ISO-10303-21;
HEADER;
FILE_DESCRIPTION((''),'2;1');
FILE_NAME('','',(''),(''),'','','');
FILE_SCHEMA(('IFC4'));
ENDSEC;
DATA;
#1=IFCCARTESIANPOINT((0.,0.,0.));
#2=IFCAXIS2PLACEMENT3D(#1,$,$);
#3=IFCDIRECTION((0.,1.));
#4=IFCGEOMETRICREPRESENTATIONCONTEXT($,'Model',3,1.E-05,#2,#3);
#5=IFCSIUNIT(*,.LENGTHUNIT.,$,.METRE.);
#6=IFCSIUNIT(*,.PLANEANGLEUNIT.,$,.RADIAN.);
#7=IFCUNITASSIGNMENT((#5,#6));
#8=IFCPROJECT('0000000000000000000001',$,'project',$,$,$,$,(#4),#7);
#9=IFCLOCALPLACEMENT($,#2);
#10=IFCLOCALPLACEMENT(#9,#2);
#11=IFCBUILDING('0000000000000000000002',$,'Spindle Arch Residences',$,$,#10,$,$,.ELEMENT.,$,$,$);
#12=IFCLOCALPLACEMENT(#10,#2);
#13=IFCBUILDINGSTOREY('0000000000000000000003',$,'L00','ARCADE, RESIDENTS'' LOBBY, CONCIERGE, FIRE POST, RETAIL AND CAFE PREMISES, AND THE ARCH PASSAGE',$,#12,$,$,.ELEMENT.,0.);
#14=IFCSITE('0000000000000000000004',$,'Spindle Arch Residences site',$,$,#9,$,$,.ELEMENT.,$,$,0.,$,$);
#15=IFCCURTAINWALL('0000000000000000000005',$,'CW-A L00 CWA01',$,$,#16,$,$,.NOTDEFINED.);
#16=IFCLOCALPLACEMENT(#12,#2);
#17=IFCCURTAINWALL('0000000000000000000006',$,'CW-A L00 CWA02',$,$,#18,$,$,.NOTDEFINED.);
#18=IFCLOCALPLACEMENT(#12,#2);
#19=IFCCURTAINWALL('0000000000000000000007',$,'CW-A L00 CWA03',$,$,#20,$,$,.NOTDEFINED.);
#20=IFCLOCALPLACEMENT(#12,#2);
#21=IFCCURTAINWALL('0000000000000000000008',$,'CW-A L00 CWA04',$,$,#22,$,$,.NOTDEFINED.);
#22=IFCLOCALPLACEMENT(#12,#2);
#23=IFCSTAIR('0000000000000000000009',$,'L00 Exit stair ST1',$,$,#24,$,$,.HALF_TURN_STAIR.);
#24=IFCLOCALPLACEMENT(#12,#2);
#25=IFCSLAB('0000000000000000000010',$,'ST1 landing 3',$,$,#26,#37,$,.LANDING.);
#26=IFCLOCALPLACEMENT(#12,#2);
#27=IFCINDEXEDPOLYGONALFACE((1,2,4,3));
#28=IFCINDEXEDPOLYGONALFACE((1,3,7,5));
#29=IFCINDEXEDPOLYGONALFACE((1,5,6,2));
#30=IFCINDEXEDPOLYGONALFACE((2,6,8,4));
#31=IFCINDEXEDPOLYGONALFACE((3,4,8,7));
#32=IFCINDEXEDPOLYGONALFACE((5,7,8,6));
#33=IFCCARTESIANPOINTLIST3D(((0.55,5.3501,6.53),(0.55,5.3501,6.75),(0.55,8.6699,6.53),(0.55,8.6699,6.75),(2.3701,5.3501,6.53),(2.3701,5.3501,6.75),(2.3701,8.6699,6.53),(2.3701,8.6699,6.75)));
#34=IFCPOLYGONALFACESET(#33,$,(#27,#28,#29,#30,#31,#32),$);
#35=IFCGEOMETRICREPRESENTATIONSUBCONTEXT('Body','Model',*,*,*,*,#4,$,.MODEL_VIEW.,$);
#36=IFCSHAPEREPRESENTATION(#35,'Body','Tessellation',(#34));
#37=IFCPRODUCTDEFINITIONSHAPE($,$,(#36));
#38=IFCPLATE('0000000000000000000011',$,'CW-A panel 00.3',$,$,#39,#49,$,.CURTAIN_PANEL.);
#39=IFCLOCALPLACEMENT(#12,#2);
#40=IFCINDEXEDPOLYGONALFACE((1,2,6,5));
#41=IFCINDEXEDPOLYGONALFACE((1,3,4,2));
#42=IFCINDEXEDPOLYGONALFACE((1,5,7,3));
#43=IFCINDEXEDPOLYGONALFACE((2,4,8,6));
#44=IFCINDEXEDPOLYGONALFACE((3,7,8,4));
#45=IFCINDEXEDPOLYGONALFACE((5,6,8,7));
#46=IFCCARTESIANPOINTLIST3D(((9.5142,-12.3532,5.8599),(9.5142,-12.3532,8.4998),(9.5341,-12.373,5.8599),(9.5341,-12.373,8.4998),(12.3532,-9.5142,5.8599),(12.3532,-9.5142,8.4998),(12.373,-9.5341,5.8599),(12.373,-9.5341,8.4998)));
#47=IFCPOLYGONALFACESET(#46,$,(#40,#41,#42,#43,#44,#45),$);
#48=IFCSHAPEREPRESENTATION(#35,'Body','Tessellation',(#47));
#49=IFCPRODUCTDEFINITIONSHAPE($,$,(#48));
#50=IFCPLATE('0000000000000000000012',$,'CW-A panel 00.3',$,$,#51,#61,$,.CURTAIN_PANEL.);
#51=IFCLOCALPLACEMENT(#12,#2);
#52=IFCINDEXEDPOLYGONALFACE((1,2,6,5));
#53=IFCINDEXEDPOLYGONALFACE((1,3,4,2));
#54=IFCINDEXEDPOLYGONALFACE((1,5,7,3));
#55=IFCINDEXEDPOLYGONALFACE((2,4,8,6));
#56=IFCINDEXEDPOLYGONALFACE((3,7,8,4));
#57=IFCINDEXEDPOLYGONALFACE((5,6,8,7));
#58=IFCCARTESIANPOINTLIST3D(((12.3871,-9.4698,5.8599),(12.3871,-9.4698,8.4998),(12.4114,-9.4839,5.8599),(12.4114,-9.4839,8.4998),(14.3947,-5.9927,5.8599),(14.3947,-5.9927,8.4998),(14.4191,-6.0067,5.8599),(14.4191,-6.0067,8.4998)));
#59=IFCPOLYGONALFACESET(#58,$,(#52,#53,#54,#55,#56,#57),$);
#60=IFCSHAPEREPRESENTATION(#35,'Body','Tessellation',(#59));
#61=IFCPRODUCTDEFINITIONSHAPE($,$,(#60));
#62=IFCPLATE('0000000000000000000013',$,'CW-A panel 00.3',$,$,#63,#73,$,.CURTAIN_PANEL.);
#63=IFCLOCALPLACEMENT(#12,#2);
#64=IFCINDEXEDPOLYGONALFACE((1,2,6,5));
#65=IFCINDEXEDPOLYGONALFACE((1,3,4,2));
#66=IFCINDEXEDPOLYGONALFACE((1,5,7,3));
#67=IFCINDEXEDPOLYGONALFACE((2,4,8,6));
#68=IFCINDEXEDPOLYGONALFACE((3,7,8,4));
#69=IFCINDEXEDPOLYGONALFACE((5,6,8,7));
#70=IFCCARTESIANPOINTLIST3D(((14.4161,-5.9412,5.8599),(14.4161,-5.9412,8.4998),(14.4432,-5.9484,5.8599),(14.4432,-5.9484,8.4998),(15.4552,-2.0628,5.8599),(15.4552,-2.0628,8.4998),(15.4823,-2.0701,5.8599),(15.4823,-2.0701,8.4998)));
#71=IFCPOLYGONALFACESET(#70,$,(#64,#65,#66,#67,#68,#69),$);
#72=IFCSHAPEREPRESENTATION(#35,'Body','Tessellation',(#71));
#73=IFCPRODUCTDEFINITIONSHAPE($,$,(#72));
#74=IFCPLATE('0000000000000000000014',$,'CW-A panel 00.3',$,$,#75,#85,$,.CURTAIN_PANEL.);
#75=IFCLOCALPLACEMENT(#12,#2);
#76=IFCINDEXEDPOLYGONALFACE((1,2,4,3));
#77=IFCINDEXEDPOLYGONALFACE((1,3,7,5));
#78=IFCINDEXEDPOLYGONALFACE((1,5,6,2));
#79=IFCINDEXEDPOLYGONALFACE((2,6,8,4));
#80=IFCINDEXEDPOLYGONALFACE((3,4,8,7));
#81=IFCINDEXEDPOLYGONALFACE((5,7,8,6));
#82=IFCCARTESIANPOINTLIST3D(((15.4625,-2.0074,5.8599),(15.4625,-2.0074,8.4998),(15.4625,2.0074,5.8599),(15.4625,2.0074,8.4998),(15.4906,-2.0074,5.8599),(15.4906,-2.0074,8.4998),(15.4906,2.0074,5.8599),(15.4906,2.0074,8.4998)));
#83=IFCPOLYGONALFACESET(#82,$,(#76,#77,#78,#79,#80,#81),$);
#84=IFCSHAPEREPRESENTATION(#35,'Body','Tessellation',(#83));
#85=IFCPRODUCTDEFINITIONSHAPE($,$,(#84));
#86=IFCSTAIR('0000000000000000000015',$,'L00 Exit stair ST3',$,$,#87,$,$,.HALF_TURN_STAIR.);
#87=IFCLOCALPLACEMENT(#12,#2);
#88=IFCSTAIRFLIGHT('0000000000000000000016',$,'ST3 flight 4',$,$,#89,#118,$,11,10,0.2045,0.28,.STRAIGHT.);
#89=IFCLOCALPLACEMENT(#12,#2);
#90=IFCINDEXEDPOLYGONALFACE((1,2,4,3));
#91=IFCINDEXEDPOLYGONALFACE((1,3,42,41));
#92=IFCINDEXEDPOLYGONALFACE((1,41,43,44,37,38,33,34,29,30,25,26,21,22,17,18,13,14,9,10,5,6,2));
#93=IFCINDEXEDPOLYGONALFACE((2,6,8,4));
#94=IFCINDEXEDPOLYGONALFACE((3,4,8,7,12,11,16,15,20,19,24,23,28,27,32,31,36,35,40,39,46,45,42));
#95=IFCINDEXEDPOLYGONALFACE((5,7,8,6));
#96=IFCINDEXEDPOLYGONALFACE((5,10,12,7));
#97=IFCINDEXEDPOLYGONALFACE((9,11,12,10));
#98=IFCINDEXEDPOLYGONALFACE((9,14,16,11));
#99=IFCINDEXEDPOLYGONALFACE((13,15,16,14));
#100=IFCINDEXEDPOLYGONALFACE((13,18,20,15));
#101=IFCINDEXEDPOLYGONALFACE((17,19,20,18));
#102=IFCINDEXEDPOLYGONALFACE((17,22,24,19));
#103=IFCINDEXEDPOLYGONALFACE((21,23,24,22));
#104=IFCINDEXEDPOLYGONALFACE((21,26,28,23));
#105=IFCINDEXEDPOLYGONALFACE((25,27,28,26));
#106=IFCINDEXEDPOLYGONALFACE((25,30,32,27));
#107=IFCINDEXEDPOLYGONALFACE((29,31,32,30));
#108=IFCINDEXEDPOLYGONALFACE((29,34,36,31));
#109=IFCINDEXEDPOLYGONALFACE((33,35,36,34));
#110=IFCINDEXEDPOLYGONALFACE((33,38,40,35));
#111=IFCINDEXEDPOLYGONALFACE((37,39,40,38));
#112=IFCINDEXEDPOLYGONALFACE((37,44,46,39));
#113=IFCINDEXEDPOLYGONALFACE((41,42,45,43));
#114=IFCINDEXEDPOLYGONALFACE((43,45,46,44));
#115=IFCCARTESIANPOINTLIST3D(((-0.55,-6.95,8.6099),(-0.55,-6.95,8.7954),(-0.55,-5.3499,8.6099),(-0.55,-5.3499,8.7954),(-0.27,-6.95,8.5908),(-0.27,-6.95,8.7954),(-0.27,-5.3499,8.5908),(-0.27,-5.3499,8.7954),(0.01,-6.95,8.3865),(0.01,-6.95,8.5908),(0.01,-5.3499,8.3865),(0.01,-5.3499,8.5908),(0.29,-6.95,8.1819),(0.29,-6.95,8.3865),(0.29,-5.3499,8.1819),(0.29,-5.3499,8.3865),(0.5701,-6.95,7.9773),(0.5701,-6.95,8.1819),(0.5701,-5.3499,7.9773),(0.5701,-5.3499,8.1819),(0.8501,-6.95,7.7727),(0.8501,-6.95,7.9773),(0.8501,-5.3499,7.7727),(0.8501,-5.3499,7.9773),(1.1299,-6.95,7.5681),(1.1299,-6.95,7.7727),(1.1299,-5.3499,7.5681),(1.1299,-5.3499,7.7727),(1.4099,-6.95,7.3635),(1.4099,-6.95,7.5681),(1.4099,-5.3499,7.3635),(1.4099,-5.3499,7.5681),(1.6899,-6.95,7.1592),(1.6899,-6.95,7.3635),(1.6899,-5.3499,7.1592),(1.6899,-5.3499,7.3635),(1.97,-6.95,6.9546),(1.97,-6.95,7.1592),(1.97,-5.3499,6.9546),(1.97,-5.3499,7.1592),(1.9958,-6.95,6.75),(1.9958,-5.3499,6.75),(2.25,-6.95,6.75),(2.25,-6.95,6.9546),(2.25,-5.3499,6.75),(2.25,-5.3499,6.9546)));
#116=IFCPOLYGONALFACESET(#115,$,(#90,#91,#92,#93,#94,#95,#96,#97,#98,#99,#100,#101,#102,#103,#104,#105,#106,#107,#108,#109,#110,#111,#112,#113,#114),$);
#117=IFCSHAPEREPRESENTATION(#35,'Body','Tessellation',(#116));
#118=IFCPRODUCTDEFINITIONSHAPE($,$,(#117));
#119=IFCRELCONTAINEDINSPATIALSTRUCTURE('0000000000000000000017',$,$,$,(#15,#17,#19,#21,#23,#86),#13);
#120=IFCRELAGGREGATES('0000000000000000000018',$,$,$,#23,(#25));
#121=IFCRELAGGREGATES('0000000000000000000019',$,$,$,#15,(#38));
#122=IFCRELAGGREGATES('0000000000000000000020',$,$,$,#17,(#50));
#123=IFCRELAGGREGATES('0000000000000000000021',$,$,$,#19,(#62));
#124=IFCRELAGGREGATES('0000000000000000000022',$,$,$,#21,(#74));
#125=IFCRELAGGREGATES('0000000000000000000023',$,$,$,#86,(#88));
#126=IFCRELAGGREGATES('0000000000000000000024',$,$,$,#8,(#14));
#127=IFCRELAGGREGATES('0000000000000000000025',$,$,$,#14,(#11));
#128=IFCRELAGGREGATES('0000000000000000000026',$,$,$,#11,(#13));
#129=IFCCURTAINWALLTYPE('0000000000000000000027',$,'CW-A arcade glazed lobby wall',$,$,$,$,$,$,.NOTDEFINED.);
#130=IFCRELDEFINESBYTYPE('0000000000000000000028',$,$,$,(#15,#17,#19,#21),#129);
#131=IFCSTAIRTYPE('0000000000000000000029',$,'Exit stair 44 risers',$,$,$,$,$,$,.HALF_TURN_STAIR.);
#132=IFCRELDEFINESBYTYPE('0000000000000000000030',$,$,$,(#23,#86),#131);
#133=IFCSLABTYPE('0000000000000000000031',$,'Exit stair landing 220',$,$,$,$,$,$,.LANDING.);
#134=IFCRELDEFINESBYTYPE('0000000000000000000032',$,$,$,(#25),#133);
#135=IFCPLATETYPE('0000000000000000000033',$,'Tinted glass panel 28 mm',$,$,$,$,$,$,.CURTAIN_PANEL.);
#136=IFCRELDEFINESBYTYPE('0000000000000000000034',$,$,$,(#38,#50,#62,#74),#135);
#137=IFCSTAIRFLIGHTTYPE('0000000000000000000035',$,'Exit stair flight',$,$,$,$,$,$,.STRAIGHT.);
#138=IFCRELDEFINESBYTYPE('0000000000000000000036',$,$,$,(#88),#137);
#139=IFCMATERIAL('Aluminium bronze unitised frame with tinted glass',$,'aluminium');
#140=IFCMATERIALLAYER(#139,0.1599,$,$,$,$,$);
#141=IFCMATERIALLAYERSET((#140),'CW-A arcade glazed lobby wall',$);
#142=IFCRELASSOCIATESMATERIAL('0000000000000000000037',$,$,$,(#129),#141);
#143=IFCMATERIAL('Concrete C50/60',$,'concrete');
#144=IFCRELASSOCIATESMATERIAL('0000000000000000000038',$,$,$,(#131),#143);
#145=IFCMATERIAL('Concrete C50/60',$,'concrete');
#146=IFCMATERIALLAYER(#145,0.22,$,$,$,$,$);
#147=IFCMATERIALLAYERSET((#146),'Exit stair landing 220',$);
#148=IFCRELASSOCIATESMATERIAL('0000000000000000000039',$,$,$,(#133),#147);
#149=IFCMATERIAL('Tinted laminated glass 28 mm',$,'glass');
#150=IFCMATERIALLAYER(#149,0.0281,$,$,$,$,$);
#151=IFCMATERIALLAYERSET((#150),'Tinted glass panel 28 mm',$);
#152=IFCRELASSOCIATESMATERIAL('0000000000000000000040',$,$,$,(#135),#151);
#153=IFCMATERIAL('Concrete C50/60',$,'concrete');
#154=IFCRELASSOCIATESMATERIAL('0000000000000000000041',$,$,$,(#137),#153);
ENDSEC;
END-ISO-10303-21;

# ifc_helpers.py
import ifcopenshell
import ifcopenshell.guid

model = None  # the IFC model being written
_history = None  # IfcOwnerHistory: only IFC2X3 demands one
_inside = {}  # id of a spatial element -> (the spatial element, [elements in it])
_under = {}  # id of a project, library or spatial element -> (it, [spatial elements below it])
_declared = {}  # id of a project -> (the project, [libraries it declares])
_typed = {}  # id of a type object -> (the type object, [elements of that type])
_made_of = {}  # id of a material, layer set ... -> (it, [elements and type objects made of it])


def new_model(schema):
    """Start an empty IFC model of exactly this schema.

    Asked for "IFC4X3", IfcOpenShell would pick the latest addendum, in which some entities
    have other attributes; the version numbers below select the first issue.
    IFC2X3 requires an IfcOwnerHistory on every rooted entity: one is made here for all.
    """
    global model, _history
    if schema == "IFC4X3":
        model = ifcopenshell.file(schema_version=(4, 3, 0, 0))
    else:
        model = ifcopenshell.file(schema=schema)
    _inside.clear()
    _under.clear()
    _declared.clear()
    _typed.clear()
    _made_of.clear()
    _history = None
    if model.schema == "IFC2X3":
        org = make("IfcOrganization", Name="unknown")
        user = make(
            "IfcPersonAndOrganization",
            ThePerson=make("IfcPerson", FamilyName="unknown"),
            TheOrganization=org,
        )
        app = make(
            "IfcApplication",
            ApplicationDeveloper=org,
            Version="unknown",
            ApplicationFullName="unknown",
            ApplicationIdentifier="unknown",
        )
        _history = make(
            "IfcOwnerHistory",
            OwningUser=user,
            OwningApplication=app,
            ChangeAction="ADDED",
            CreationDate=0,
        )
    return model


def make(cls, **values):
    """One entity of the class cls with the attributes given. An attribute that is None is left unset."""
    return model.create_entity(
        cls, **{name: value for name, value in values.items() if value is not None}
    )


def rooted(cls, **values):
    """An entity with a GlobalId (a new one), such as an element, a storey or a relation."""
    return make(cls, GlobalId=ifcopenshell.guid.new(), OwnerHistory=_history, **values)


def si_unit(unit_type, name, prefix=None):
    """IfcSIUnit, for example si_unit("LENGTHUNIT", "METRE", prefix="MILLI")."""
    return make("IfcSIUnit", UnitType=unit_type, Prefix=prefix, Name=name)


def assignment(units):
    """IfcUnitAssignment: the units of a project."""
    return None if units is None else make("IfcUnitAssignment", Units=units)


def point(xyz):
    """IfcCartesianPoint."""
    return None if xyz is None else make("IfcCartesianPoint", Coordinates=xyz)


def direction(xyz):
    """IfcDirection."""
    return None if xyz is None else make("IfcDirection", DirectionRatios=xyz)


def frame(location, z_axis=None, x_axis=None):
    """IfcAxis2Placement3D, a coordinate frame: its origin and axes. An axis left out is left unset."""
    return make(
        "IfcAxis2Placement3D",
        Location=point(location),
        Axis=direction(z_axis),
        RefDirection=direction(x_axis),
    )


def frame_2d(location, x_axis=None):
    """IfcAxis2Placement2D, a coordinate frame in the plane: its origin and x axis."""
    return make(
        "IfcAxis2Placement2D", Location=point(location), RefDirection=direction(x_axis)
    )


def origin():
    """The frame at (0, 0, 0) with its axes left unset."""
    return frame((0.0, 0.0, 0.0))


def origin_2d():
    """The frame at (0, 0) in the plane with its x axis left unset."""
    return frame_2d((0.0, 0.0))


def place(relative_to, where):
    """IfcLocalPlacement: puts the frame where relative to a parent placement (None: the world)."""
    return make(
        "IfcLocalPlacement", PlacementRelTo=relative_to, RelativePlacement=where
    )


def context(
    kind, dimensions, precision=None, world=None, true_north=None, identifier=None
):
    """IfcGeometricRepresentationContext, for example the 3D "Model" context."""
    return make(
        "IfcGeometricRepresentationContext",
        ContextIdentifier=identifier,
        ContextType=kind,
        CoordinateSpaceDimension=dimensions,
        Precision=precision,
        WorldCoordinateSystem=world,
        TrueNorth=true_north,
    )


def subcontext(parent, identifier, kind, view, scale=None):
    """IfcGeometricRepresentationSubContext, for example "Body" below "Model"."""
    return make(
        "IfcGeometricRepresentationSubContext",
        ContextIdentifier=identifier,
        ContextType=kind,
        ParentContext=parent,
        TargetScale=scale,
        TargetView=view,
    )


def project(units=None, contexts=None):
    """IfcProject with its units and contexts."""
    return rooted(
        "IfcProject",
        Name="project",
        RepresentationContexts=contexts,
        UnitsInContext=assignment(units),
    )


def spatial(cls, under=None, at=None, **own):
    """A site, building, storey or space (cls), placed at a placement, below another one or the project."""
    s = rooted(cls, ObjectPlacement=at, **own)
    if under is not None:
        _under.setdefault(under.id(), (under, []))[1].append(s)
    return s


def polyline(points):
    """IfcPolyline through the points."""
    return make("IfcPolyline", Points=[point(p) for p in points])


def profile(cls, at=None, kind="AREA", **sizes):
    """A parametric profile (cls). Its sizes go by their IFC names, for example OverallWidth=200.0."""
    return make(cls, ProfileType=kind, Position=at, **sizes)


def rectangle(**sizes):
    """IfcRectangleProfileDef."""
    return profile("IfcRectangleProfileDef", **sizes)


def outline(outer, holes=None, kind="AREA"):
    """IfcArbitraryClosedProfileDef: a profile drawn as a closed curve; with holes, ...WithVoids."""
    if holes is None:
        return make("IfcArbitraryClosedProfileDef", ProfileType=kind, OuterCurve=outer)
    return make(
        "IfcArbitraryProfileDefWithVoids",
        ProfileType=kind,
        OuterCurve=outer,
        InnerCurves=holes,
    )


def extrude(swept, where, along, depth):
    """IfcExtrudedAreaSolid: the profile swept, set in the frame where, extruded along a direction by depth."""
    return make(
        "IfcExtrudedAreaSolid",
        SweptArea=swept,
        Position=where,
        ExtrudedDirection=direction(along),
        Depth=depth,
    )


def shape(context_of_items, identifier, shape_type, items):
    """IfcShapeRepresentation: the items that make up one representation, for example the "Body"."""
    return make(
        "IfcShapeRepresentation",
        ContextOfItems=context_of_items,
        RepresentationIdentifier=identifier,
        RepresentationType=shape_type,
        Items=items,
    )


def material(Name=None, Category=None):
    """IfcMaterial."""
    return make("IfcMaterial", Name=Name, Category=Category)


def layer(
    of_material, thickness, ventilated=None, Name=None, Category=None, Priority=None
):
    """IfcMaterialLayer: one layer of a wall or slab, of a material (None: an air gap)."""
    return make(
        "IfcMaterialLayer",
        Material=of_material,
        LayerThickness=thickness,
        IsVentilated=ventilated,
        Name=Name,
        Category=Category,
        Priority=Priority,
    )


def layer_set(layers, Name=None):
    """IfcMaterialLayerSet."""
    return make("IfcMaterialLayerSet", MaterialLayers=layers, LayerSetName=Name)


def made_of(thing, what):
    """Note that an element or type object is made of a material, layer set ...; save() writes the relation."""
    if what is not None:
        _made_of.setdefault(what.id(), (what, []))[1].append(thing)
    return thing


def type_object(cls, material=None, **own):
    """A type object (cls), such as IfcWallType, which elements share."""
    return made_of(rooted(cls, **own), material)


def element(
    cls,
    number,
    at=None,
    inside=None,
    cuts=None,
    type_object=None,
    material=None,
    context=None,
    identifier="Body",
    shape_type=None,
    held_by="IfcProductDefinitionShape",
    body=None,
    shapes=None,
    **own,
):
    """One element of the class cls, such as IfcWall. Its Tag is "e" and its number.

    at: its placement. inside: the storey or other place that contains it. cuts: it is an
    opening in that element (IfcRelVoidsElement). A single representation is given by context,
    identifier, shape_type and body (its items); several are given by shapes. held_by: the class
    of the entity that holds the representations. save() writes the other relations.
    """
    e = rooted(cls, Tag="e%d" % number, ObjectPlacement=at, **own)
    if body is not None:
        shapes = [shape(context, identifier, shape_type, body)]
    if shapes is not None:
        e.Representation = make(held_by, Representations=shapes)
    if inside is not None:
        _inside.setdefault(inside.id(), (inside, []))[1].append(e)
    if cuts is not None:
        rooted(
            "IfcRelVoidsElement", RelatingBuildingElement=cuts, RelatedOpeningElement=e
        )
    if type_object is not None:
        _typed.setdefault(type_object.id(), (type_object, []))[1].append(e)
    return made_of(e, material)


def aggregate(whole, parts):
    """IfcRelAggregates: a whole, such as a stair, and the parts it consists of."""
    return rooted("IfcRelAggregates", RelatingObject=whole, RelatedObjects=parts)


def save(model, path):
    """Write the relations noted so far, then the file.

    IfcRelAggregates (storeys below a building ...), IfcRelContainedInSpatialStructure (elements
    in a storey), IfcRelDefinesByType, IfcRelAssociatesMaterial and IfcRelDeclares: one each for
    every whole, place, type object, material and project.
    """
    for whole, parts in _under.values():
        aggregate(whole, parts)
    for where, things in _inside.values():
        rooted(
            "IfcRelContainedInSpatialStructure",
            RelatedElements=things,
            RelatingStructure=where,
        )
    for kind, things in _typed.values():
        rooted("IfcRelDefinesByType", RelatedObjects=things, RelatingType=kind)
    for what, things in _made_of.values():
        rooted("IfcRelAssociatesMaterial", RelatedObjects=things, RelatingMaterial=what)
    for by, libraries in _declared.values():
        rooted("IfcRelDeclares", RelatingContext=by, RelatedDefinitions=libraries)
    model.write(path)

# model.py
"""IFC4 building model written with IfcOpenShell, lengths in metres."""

from ifc_helpers import new_model, si_unit, direction, frame, origin, origin_2d, place, context, subcontext, project, spatial, polyline, rectangle, outline, extrude, material, layer, layer_set, type_object, element, aggregate, save


model = new_model("IFC4")

# Units and contexts
model_context = context("Model", 3, precision=1e-05, world=origin(), true_north=direction((0.0, 1.0)))
body_context = subcontext(model_context, "Body", "Model", "MODEL_VIEW")
ifc_project = project(units=[si_unit("LENGTHUNIT", "METRE"), si_unit("PLANEANGLEUNIT", "RADIAN")], contexts=[model_context])

# Site, building, storey
site_placement = place(None, origin())
site = spatial("IfcSite", under=ifc_project, at=site_placement, Name="Spindle Arch Residences site", CompositionType="ELEMENT", RefElevation=0.0)
building_placement = place(site_placement, origin())
building = spatial("IfcBuilding", under=site, at=building_placement, Name="Spindle Arch Residences", CompositionType="ELEMENT")
storey_placement = place(building_placement, origin())
storey = spatial("IfcBuildingStorey", under=building, at=storey_placement, Name="L00", Description="ARCADE, RESIDENTS' LOBBY, CONCIERGE, FIRE POST, RETAIL AND CAFE PREMISES, AND THE ARCH PASSAGE", CompositionType="ELEMENT", Elevation=0.0)

# Curtain walls
ifc_material_1 = material(Name="Aluminium bronze unitised frame with tinted glass", Category="aluminium")
ifc_layer_1 = layer(ifc_material_1, 0.1599)
ifc_layer_set_1 = layer_set([ifc_layer_1], Name="CW-A arcade glazed lobby wall")
curtain_wall_type = type_object("IfcCurtainWallType", Name="CW-A arcade glazed lobby wall", PredefinedType="NOTDEFINED", material=ifc_layer_set_1)
curtain_wall_1_placement = place(storey_placement, origin())
curtain_wall_1 = element("IfcCurtainWall", 1, at=curtain_wall_1_placement, inside=storey, type_object=curtain_wall_type, Name="CW-A L00 CWA01", PredefinedType="NOTDEFINED")
curtain_wall_2_placement = place(storey_placement, origin())
curtain_wall_2 = element("IfcCurtainWall", 2, at=curtain_wall_2_placement, inside=storey, type_object=curtain_wall_type, Name="CW-A L00 CWA02", PredefinedType="NOTDEFINED")
curtain_wall_3_placement = place(storey_placement, origin())
curtain_wall_3 = element("IfcCurtainWall", 3, at=curtain_wall_3_placement, inside=storey, type_object=curtain_wall_type, Name="CW-A L00 CWA03", PredefinedType="NOTDEFINED")
curtain_wall_4_placement = place(storey_placement, origin())
curtain_wall_4 = element("IfcCurtainWall", 4, at=curtain_wall_4_placement, inside=storey, type_object=curtain_wall_type, Name="CW-A L00 CWA04", PredefinedType="NOTDEFINED")

# Stair, slab
ifc_material_2 = material(Name="Concrete C50/60", Category="concrete")
stair_type = type_object("IfcStairType", Name="Exit stair 44 risers", PredefinedType="HALF_TURN_STAIR", material=ifc_material_2)
stair_1_placement = place(storey_placement, origin())
stair_1 = element("IfcStair", 5, at=stair_1_placement, inside=storey, type_object=stair_type, Name="L00 Exit stair ST1", PredefinedType="HALF_TURN_STAIR")
ifc_material_3 = material(Name="Concrete C50/60", Category="concrete")
ifc_layer_2 = layer(ifc_material_3, 0.22)
ifc_layer_set_2 = layer_set([ifc_layer_2], Name="Exit stair landing 220")
slab_type = type_object("IfcSlabType", Name="Exit stair landing 220", PredefinedType="LANDING", material=ifc_layer_set_2)
slab_placement = place(storey_placement, frame((0.0, 0.0, 6.53)))
slab = element("IfcSlab", 6, at=slab_placement, type_object=slab_type, Name="ST1 landing 3", PredefinedType="LANDING", context=body_context, shape_type="SweptSolid", body=[
    extrude(outline(polyline([(2.3701, 8.6699), (0.55, 8.6699), (0.55, 5.3501), (2.3701, 5.3501), (2.3701, 8.6699)])), origin(), (0.0, 0.0, 1.0), 0.22),
])
aggregate(stair_1, [slab])

# Plates
ifc_material_4 = material(Name="Tinted laminated glass 28 mm", Category="glass")
ifc_layer_3 = layer(ifc_material_4, 0.0281)
ifc_layer_set_3 = layer_set([ifc_layer_3], Name="Tinted glass panel 28 mm")
plate_type = type_object("IfcPlateType", Name="Tinted glass panel 28 mm", PredefinedType="CURTAIN_PANEL", material=ifc_layer_set_3)
plate_1_placement = place(storey_placement, frame((10.9436, -10.9436, 5.8599), z_axis=(0.0, 0.0, 1.0), x_axis=(0.707107, 0.707107, 0.0)))
plate_1 = element("IfcPlate", 7, at=plate_1_placement, type_object=plate_type, Name="CW-A panel 00.3", PredefinedType="CURTAIN_PANEL", context=body_context, shape_type="SweptSolid", body=[
    extrude(rectangle(XDim=4.0149, YDim=0.0281, at=origin_2d()), origin(), (0.0, 0.0, 1.0), 2.6399),
])
aggregate(curtain_wall_1, [plate_1])
plate_2_placement = place(storey_placement, frame((13.4031, -7.7383, 5.8599), z_axis=(0.0, 0.0, 1.0), x_axis=(0.500023, 0.866012, 0.0)))
plate_2 = element("IfcPlate", 8, at=plate_2_placement, type_object=plate_type, Name="CW-A panel 00.3", PredefinedType="CURTAIN_PANEL", context=body_context, shape_type="SweptSolid", body=[
    extrude(rectangle(XDim=4.0151, YDim=0.0281, at=origin_2d()), origin(), (0.0, 0.0, 1.0), 2.6399),
])
aggregate(curtain_wall_2, [plate_2])
plate_3_placement = place(storey_placement, frame((14.9492, -4.0056, 5.8599), z_axis=(0.0, 0.0, 1.0), x_axis=(0.258786, 0.965935, 0.0)))
plate_3 = element("IfcPlate", 9, at=plate_3_placement, type_object=plate_type, Name="CW-A panel 00.3", PredefinedType="CURTAIN_PANEL", context=body_context, shape_type="SweptSolid", body=[
    extrude(rectangle(XDim=4.0151, YDim=0.0281, at=origin_2d()), origin(), (0.0, 0.0, 1.0), 2.6399),
])
aggregate(curtain_wall_3, [plate_3])
plate_4_placement = place(storey_placement, frame((15.4766, 0.0, 5.8599), z_axis=(0.0, 0.0, 1.0), x_axis=(0.0, 1.0, 0.0)))
plate_4 = element("IfcPlate", 10, at=plate_4_placement, type_object=plate_type, Name="CW-A panel 00.3", PredefinedType="CURTAIN_PANEL", context=body_context, shape_type="SweptSolid", body=[
    extrude(rectangle(XDim=4.0149, YDim=0.0281, at=origin_2d()), origin(), (0.0, 0.0, 1.0), 2.6399),
])
aggregate(curtain_wall_4, [plate_4])

# Stair, stair flight
stair_2_placement = place(storey_placement, origin())
stair_2 = element("IfcStair", 11, at=stair_2_placement, inside=storey, type_object=stair_type, Name="L00 Exit stair ST3", PredefinedType="HALF_TURN_STAIR")
ifc_material_5 = material(Name="Concrete C50/60", Category="concrete")
stair_flight_type = type_object("IfcStairFlightType", Name="Exit stair flight", PredefinedType="STRAIGHT", material=ifc_material_5)
stair_flight_placement = place(storey_placement, frame((2.25, -6.1499, 6.75), z_axis=(0.0, 0.0, 1.0), x_axis=(-1.0, 0.0, 0.0)))
stair_flight = element("IfcStairFlight", 12, at=stair_flight_placement, type_object=stair_flight_type, Name="ST3 flight 4", NumberOfRisers=11, NumberOfTreads=10, PredefinedType="STRAIGHT", RiserHeight=0.2045, TreadLength=0.28, context=body_context, shape_type="SweptSolid", body=[
    extrude(outline(polyline([(0.0, 0.0), (0.0, 0.2046), (0.28, 0.2046), (0.28, 0.4092), (0.5601, 0.4092), (0.5601, 0.6135), (0.8401, 0.6135), (0.8401, 0.8181), (1.1201, 0.8181), (1.1201, 1.0227), (1.3999, 1.0227), (1.3999, 1.2273), (1.6799, 1.2273), (1.6799, 1.4319), (1.96, 1.4319), (1.96, 1.6365), (2.24, 1.6365), (2.24, 1.8408), (2.52, 1.8408), (2.52, 2.0454), (2.8, 2.0454), (2.8, 2.25), (2.8, 1.8599), (0.2542, 0.0), (0.0, 0.0)])), frame((0.0, 0.8, 0.0), z_axis=(0.0, -1.0, 0.0), x_axis=(1.0, 0.0, 0.0)), (0.0, 0.0, 1.0), 1.6001),
])
aggregate(stair_2, [stair_flight])

save(model, "model.ifc")
